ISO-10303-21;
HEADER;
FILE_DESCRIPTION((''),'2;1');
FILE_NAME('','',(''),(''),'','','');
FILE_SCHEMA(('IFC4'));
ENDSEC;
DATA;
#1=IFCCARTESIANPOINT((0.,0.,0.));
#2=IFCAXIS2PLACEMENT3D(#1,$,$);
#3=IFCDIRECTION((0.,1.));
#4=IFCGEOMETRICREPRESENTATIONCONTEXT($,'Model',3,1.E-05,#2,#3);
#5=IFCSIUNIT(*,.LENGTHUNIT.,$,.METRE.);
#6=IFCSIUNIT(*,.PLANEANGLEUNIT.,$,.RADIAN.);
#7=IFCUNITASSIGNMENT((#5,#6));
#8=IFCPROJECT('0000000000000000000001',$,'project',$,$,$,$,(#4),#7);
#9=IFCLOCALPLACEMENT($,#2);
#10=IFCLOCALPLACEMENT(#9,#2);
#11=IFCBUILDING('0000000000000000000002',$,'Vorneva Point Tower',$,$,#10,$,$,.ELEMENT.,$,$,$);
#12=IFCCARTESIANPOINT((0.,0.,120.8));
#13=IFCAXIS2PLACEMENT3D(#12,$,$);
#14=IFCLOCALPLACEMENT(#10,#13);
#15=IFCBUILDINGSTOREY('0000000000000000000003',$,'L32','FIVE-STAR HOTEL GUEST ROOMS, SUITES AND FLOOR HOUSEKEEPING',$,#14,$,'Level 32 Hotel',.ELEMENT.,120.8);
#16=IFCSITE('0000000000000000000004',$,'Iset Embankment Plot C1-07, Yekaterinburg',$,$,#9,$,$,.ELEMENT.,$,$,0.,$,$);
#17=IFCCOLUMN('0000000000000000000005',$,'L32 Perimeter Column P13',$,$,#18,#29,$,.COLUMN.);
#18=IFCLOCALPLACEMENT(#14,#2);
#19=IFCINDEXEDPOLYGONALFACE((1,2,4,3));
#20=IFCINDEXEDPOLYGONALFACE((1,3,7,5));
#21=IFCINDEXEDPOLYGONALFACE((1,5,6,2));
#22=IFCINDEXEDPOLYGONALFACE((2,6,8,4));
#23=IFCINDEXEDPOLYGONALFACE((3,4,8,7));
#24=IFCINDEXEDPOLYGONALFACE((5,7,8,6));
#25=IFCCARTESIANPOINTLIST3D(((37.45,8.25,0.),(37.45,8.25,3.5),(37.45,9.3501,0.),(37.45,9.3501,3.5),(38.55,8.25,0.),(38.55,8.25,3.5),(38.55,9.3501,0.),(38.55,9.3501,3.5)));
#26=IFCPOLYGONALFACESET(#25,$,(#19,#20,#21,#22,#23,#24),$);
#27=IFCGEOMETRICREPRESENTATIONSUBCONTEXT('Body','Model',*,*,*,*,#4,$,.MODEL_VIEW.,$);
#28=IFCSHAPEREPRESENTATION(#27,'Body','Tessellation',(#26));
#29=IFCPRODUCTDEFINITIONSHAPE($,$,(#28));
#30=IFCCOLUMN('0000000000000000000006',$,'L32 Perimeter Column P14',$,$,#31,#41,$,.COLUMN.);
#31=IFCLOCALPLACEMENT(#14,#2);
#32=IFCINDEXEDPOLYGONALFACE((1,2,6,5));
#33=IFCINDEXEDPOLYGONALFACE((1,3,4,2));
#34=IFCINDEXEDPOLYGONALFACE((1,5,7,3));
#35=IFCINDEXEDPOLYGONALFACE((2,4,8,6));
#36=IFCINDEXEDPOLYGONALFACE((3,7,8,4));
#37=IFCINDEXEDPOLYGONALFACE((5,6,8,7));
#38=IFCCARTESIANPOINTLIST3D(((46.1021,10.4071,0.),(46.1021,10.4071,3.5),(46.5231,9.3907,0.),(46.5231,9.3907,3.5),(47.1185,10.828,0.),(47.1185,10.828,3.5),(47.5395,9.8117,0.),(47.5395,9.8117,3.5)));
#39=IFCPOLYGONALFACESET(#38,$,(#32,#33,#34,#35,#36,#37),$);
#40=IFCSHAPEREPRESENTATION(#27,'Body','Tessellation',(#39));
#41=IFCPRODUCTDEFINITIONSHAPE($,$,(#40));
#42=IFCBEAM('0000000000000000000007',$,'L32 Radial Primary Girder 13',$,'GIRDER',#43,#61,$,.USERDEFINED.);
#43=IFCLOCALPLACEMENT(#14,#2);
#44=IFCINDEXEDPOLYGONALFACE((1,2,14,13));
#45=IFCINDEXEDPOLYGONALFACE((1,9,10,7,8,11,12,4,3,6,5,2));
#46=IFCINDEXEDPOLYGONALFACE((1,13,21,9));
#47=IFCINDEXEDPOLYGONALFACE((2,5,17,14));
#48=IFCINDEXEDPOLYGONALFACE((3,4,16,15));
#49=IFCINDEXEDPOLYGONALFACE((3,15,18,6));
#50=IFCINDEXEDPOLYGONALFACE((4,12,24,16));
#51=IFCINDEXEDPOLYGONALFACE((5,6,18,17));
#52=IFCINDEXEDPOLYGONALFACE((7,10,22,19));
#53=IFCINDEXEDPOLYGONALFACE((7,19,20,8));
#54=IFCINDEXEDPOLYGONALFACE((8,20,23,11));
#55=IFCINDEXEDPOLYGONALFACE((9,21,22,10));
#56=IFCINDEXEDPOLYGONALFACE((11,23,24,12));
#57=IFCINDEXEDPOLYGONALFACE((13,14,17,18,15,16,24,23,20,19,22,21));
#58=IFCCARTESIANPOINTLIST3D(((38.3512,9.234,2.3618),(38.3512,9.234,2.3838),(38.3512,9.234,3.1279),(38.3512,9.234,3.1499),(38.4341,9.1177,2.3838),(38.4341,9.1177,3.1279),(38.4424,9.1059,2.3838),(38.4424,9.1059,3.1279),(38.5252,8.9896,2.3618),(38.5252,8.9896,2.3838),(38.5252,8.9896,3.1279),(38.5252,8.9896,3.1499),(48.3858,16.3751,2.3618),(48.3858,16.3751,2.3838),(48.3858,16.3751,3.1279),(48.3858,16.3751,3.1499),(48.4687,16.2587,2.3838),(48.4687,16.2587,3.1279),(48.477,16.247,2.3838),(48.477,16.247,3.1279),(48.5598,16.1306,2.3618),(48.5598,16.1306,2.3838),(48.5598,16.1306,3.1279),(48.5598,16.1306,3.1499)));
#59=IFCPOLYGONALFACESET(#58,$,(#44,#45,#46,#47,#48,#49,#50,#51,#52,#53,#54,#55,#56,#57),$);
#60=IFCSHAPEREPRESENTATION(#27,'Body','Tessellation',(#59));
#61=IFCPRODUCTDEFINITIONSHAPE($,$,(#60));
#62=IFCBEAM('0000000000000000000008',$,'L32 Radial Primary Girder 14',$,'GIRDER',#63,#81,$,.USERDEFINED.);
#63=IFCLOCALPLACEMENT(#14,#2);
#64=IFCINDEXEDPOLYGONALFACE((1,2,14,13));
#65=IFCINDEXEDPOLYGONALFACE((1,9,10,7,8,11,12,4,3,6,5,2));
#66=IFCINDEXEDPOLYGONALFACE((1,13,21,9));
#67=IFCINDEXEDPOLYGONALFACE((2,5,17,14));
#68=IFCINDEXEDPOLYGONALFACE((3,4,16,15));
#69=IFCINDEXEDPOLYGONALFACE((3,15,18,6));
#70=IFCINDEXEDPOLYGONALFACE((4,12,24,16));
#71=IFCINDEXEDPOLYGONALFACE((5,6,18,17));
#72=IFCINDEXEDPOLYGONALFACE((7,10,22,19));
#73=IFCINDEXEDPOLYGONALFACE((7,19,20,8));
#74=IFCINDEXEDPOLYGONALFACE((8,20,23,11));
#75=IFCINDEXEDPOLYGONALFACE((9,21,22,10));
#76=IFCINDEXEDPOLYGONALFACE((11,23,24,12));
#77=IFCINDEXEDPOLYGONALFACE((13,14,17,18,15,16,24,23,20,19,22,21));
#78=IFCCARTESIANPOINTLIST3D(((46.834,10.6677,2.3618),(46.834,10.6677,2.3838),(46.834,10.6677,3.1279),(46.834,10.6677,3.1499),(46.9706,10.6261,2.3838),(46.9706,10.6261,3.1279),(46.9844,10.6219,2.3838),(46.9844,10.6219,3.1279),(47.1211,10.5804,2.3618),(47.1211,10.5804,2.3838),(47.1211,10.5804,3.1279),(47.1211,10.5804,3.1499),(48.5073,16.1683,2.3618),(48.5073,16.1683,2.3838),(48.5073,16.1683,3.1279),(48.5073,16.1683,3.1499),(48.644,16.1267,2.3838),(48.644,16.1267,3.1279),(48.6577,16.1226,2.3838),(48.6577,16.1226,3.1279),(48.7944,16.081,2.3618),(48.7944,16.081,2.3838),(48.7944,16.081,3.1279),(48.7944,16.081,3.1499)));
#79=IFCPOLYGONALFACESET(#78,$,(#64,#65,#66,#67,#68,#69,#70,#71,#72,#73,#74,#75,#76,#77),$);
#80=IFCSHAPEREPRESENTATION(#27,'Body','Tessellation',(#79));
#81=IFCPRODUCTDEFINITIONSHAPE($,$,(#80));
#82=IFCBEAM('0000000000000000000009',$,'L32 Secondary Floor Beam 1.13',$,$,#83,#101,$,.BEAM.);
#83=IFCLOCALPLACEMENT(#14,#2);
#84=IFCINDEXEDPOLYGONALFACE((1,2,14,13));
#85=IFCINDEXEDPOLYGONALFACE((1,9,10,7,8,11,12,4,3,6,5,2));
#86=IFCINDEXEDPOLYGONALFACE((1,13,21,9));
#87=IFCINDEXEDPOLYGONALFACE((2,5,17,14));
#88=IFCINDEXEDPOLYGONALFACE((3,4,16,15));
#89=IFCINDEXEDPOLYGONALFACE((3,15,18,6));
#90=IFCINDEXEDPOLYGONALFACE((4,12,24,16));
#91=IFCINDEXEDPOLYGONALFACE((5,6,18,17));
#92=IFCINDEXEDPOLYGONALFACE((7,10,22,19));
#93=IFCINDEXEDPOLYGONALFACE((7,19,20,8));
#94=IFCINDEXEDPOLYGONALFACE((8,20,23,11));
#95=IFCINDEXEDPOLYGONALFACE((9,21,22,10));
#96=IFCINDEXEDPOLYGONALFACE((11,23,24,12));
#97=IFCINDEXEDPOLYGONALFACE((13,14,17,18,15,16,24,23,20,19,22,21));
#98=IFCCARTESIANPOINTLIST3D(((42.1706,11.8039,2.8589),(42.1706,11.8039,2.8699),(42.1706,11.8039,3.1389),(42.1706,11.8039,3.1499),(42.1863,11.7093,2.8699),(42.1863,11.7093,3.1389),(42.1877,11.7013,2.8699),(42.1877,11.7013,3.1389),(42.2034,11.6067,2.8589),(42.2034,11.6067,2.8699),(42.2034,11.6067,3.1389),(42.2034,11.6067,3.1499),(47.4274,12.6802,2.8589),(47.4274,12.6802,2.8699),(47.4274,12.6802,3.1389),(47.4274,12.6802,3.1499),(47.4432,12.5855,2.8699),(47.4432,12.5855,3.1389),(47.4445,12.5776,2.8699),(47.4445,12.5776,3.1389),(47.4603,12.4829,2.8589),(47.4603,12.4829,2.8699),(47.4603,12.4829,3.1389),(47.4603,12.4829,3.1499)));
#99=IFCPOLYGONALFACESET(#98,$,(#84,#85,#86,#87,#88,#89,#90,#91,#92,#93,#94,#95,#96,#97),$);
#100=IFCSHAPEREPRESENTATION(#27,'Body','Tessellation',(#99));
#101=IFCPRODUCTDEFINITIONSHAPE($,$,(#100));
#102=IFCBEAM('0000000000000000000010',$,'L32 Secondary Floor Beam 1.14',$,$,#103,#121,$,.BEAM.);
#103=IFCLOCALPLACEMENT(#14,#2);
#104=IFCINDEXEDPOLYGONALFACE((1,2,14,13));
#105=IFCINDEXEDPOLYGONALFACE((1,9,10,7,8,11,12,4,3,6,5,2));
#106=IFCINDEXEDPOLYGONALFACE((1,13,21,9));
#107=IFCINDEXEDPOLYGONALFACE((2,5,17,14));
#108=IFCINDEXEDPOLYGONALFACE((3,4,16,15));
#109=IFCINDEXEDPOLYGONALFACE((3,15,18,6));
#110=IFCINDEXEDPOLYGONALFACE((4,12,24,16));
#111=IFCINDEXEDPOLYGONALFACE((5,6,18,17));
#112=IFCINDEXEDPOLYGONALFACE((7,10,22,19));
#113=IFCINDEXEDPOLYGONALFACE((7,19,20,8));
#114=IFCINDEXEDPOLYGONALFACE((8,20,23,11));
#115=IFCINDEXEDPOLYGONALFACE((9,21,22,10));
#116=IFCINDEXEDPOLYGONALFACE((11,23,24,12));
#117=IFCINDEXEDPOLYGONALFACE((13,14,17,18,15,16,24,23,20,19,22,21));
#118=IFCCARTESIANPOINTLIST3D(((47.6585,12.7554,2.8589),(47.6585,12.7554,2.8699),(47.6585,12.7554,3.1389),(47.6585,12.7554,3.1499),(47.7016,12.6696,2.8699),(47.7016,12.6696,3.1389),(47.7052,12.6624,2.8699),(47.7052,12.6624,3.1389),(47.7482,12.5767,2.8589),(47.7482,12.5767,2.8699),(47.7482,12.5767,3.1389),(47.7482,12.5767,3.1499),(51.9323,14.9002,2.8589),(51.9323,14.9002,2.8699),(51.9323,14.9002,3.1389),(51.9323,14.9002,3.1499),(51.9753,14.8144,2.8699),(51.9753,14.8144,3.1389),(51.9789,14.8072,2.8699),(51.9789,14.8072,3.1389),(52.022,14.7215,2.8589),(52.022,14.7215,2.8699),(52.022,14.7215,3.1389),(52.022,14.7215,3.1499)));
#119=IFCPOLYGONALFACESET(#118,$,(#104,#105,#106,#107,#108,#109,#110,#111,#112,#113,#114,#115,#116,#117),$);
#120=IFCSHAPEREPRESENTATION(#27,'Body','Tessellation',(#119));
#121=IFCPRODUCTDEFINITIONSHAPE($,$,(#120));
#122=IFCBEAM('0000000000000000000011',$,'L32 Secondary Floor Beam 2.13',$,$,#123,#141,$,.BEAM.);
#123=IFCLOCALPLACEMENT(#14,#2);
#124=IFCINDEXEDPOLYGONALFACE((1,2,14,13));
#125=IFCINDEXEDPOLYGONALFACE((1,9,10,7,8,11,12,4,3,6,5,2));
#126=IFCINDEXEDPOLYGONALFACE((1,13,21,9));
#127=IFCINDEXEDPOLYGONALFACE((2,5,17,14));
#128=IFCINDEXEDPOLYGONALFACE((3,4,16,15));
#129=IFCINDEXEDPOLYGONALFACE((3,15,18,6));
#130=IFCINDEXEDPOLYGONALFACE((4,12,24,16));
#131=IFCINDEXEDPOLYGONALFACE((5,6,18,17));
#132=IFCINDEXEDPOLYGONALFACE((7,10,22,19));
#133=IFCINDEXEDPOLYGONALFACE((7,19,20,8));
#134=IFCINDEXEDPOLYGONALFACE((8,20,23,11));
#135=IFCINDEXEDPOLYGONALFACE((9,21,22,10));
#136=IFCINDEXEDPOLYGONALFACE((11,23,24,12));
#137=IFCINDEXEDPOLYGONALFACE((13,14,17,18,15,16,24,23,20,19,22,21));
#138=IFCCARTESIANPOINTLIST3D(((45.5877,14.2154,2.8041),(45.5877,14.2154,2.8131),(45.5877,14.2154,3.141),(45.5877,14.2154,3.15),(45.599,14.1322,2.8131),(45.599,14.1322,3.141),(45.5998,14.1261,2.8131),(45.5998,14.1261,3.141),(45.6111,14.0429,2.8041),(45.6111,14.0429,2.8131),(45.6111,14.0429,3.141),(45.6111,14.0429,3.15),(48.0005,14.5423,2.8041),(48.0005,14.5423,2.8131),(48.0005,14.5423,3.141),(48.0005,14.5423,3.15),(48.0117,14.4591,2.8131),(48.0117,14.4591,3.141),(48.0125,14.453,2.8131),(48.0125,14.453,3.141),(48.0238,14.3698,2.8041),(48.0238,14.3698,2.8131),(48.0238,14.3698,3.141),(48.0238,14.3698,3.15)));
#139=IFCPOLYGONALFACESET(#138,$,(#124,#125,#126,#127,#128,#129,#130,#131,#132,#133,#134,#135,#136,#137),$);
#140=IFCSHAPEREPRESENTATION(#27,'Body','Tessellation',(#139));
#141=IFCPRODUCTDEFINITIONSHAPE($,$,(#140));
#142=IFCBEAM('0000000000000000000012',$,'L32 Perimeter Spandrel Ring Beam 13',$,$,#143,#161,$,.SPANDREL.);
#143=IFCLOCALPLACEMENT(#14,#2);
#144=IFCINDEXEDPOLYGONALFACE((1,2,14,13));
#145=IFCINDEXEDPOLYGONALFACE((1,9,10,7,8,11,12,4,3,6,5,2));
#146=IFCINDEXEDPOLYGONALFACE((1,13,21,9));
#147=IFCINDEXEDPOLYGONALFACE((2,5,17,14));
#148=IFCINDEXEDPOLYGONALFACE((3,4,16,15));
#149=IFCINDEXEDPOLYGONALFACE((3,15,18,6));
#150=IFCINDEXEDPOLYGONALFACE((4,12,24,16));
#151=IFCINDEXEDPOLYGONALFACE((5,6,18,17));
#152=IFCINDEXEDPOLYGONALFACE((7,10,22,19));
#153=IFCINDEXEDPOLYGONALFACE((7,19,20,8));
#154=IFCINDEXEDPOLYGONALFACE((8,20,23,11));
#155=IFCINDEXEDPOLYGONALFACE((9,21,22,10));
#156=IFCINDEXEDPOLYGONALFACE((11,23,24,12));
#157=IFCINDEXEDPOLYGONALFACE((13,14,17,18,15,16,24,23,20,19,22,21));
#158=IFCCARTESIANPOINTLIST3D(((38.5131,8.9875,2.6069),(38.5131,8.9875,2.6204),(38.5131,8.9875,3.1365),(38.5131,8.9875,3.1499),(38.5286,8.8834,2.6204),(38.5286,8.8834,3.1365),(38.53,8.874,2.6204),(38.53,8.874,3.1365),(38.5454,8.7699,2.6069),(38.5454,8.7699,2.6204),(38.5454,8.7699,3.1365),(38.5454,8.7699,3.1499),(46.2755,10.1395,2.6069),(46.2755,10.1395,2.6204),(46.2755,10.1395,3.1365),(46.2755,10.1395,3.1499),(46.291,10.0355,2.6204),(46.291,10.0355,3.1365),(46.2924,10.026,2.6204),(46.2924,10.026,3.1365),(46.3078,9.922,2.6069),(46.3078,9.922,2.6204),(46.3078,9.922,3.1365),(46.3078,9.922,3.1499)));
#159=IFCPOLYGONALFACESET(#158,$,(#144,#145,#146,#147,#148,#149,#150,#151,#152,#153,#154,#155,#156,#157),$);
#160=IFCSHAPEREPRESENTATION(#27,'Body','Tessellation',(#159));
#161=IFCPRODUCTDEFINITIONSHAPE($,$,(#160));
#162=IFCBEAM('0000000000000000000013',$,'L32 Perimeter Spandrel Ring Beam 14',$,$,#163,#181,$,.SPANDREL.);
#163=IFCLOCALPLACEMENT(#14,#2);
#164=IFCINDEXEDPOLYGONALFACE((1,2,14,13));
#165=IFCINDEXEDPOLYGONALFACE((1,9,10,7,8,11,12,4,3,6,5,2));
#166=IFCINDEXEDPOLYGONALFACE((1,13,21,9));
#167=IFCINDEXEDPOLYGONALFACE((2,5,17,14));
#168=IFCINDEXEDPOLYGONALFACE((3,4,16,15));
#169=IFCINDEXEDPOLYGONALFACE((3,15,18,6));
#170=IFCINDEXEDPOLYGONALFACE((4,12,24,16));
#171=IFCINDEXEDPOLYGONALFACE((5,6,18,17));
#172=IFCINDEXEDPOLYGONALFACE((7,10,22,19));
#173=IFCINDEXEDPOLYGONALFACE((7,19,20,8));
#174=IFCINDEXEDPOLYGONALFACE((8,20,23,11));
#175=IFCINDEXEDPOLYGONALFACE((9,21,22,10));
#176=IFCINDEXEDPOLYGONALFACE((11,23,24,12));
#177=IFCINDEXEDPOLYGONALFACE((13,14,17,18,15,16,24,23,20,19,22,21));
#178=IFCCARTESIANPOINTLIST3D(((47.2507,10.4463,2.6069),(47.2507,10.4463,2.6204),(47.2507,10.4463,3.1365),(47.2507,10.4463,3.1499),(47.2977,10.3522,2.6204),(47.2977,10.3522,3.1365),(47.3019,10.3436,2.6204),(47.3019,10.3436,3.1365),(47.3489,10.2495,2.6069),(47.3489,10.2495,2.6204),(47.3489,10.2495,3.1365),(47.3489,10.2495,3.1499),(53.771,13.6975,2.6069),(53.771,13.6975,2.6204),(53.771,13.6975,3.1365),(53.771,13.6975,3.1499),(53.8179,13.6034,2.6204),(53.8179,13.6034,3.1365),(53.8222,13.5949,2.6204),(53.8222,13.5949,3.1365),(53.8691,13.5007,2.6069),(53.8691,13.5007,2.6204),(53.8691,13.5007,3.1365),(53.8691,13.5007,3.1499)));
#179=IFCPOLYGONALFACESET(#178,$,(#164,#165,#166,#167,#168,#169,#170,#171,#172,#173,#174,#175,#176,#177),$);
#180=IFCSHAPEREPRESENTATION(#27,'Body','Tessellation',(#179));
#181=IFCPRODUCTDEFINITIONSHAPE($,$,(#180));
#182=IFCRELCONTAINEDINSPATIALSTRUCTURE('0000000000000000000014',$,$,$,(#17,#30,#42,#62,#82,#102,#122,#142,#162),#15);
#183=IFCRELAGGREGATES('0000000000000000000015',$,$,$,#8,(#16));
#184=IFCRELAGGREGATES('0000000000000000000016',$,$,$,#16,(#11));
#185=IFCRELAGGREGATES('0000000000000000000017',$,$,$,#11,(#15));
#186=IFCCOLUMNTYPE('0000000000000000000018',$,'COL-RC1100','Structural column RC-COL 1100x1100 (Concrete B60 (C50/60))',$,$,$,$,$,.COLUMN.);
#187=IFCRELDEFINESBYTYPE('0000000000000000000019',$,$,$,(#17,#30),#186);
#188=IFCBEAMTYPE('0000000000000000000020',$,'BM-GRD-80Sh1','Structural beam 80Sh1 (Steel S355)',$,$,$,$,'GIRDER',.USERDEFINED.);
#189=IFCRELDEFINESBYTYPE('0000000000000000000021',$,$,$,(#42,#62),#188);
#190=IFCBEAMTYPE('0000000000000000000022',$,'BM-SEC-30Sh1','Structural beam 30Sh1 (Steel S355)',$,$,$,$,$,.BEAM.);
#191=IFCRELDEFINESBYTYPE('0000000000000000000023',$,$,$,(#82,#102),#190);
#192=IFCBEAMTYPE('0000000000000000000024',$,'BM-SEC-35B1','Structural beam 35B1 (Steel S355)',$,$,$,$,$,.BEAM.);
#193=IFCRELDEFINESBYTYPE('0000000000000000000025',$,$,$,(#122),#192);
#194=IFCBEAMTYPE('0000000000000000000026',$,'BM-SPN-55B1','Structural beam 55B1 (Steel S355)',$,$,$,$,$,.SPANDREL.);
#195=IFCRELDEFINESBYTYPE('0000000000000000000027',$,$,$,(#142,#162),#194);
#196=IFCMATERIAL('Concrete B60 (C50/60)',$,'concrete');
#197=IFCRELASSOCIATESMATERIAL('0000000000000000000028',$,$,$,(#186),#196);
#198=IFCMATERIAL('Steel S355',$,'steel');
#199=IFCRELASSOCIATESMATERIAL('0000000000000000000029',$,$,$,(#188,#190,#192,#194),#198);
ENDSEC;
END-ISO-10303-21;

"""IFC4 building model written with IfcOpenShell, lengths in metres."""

from ifc_helpers import new_model, si_unit, direction, frame, origin, origin_2d, place, context, subcontext, project, spatial, rectangle, i_section, extrude, material, material_profile, profile_set, type_object, element, save


model = new_model("IFC4")

# Units and contexts
model_context = context("Model", 3, precision=1e-05, world=origin(), true_north=direction((0.0, 1.0)))
body_context = subcontext(model_context, "Body", "Model", "MODEL_VIEW")
ifc_project = project(units=[si_unit("LENGTHUNIT", "METRE"), si_unit("PLANEANGLEUNIT", "RADIAN")], contexts=[model_context])

# Site, building, storey
site_placement = place(None, origin())
site = spatial("IfcSite", under=ifc_project, at=site_placement, Name="Iset Embankment Plot C1-07, Yekaterinburg", CompositionType="ELEMENT", RefElevation=0.0)
building_placement = place(site_placement, origin())
building = spatial("IfcBuilding", under=site, at=building_placement, Name="Vorneva Point Tower", CompositionType="ELEMENT")
storey_placement = place(building_placement, frame((0.0, 0.0, 120.8)))
storey = spatial("IfcBuildingStorey", under=building, at=storey_placement, Name="L32", Description="FIVE-STAR HOTEL GUEST ROOMS, SUITES AND FLOOR HOUSEKEEPING", LongName="Level 32 Hotel", CompositionType="ELEMENT", Elevation=120.8)

# Columns
ifc_material_1 = material(Name="Concrete B60 (C50/60)", Category="concrete")
ifc_material_profile_1 = material_profile(ifc_material_1, rectangle(XDim=1.1001, YDim=1.1001, at=origin_2d()), Name="RC-COL 1100x1100")
ifc_profile_set_1 = profile_set([ifc_material_profile_1], Name="Concrete B60 (C50/60)")
column_type = type_object("IfcColumnType", Name="COL-RC1100", Description="Structural column RC-COL 1100x1100 (Concrete B60 (C50/60))", PredefinedType="COLUMN", material=ifc_profile_set_1)
for number, where, z_axis, x_axis, name in (
    (1, (38.0, 8.8, 0.0), (0.0, 0.0, 1.0), (0.0, -1.0, 0.0), "L32 Perimeter Column P13"),
    (2, (46.8208, 10.1094, 0.0), (0.0, 0.0, 1.0), (0.382683, -0.92388, 0.0), "L32 Perimeter Column P14"),
):
    element("IfcColumn", number, at=place(storey_placement, frame(where, z_axis=z_axis, x_axis=x_axis)), inside=storey, type_object=column_type, Name=name, PredefinedType="COLUMN", context=body_context, shape_type="SweptSolid", body=[
        extrude(rectangle(XDim=1.1001, YDim=1.1001, at=origin_2d()), origin(), (0.0, 0.0, 1.0), 3.5),
    ])

# Beams
ifc_material_2 = material(Name="Steel S355", Category="steel")
ifc_material_profile_2 = material_profile(ifc_material_2, i_section(OverallWidth=0.3, OverallDepth=0.7881, WebThickness=0.0144, FlangeThickness=0.022, at=origin_2d()), Name="80Sh1")
ifc_profile_set_2 = profile_set([ifc_material_profile_2], Name="Steel S355")
beam_type_1 = type_object("IfcBeamType", Name="BM-GRD-80Sh1", Description="Structural beam 80Sh1 (Steel S355)", ElementType="GIRDER", PredefinedType="USERDEFINED", material=ifc_profile_set_2)
beam_1_placement = place(storey_placement, frame((38.4382, 9.1118, 2.7559), z_axis=(0.81475, 0.579812, 0.0), x_axis=(-0.579812, 0.81475, 0.0)))
element("IfcBeam", 3, at=beam_1_placement, inside=storey, type_object=beam_type_1, Name="L32 Radial Primary Girder 13", ObjectType="GIRDER", PredefinedType="USERDEFINED", context=body_context, shape_type="SweptSolid", body=[
    extrude(i_section(OverallWidth=0.3, OverallDepth=0.7881, WebThickness=0.0144, FlangeThickness=0.022, at=origin_2d()), origin(), (0.0, 0.0, 1.0), 12.3162),
])
beam_2_placement = place(storey_placement, frame((46.9775, 10.624, 2.7559), z_axis=(0.291035, 0.956712, 0.0), x_axis=(-0.956712, 0.291035, 0.0)))
element("IfcBeam", 4, at=beam_2_placement, inside=storey, type_object=beam_type_1, Name="L32 Radial Primary Girder 14", ObjectType="GIRDER", PredefinedType="USERDEFINED", context=body_context, shape_type="SweptSolid", body=[
    extrude(i_section(OverallWidth=0.3, OverallDepth=0.7881, WebThickness=0.0144, FlangeThickness=0.022, at=origin_2d()), origin(), (0.0, 0.0, 1.0), 5.7495),
])
ifc_material_profile_3 = material_profile(ifc_material_2, i_section(OverallWidth=0.2, OverallDepth=0.291, WebThickness=0.0081, FlangeThickness=0.011, at=origin_2d()), Name="30Sh1")
ifc_profile_set_3 = profile_set([ifc_material_profile_3], Name="Steel S355")
beam_type_2 = type_object("IfcBeamType", Name="BM-SEC-30Sh1", Description="Structural beam 30Sh1 (Steel S355)", PredefinedType="BEAM", material=ifc_profile_set_3)
beam_3_placement = place(storey_placement, frame((42.187, 11.7053, 3.0044), z_axis=(0.986391, 0.164414, 0.0), x_axis=(-0.164414, 0.986391, 0.0)))
element("IfcBeam", 5, at=beam_3_placement, inside=storey, type_object=beam_type_2, Name="L32 Secondary Floor Beam 1.13", PredefinedType="BEAM", context=body_context, shape_type="SweptSolid", body=[
    extrude(i_section(OverallWidth=0.2, OverallDepth=0.291, WebThickness=0.0081, FlangeThickness=0.011, at=origin_2d()), origin(), (0.0, 0.0, 1.0), 5.3293),
])
beam_4_placement = place(storey_placement, frame((47.7034, 12.666, 3.0044), z_axis=(0.893762, 0.448541, 0.0), x_axis=(-0.448541, 0.893762, 0.0)))
element("IfcBeam", 6, at=beam_4_placement, inside=storey, type_object=beam_type_2, Name="L32 Secondary Floor Beam 1.14", PredefinedType="BEAM", context=body_context, shape_type="SweptSolid", body=[
    extrude(i_section(OverallWidth=0.2, OverallDepth=0.291, WebThickness=0.0081, FlangeThickness=0.011, at=origin_2d()), origin(), (0.0, 0.0, 1.0), 4.7817),
])
ifc_material_profile_4 = material_profile(ifc_material_2, i_section(OverallWidth=0.1741, OverallDepth=0.3459, WebThickness=0.0061, FlangeThickness=0.009, at=origin_2d()), Name="35B1")
ifc_profile_set_4 = profile_set([ifc_material_profile_4], Name="Steel S355")
beam_type_3 = type_object("IfcBeamType", Name="BM-SEC-35B1", Description="Structural beam 35B1 (Steel S355)", PredefinedType="BEAM", material=ifc_profile_set_4)
beam_5_placement = place(storey_placement, frame((45.5994, 14.1292, 2.9771), z_axis=(0.990946, 0.134259, 0.0), x_axis=(-0.134259, 0.990946, 0.0)))
element("IfcBeam", 7, at=beam_5_placement, inside=storey, type_object=beam_type_3, Name="L32 Secondary Floor Beam 2.13", PredefinedType="BEAM", context=body_context, shape_type="SweptSolid", body=[
    extrude(i_section(OverallWidth=0.1741, OverallDepth=0.3459, WebThickness=0.0061, FlangeThickness=0.009, at=origin_2d()), origin(), (0.0, 0.0, 1.0), 2.4348),
])
ifc_material_profile_5 = material_profile(ifc_material_2, i_section(OverallWidth=0.22, OverallDepth=0.543, WebThickness=0.0095, FlangeThickness=0.0134, at=origin_2d()), Name="55B1")
ifc_profile_set_5 = profile_set([ifc_material_profile_5], Name="Steel S355")
beam_type_4 = type_object("IfcBeamType", Name="BM-SPN-55B1", Description="Structural beam 55B1 (Steel S355)", PredefinedType="SPANDREL", material=ifc_profile_set_5)
beam_6_placement = place(storey_placement, frame((38.5293, 8.8787, 2.8784), z_axis=(0.989165, 0.146811, 0.0), x_axis=(-0.146811, 0.989165, 0.0)))
element("IfcBeam", 8, at=beam_6_placement, inside=storey, type_object=beam_type_4, Name="L32 Perimeter Spandrel Ring Beam 13", PredefinedType="SPANDREL", context=body_context, shape_type="SweptSolid", body=[
    extrude(i_section(OverallWidth=0.22, OverallDepth=0.543, WebThickness=0.0095, FlangeThickness=0.0134, at=origin_2d()), origin(), (0.0, 0.0, 1.0), 7.8474),
])
beam_7_placement = place(storey_placement, frame((47.2998, 10.3479, 2.8784), z_axis=(0.894916, 0.446235, 0.0), x_axis=(-0.446235, 0.894916, 0.0)))
element("IfcBeam", 9, at=beam_7_placement, inside=storey, type_object=beam_type_4, Name="L32 Perimeter Spandrel Ring Beam 14", PredefinedType="SPANDREL", context=body_context, shape_type="SweptSolid", body=[
    extrude(i_section(OverallWidth=0.22, OverallDepth=0.543, WebThickness=0.0095, FlangeThickness=0.0134, at=origin_2d()), origin(), (0.0, 0.0, 1.0), 7.2859),
])

save(model, "model.ifc")
